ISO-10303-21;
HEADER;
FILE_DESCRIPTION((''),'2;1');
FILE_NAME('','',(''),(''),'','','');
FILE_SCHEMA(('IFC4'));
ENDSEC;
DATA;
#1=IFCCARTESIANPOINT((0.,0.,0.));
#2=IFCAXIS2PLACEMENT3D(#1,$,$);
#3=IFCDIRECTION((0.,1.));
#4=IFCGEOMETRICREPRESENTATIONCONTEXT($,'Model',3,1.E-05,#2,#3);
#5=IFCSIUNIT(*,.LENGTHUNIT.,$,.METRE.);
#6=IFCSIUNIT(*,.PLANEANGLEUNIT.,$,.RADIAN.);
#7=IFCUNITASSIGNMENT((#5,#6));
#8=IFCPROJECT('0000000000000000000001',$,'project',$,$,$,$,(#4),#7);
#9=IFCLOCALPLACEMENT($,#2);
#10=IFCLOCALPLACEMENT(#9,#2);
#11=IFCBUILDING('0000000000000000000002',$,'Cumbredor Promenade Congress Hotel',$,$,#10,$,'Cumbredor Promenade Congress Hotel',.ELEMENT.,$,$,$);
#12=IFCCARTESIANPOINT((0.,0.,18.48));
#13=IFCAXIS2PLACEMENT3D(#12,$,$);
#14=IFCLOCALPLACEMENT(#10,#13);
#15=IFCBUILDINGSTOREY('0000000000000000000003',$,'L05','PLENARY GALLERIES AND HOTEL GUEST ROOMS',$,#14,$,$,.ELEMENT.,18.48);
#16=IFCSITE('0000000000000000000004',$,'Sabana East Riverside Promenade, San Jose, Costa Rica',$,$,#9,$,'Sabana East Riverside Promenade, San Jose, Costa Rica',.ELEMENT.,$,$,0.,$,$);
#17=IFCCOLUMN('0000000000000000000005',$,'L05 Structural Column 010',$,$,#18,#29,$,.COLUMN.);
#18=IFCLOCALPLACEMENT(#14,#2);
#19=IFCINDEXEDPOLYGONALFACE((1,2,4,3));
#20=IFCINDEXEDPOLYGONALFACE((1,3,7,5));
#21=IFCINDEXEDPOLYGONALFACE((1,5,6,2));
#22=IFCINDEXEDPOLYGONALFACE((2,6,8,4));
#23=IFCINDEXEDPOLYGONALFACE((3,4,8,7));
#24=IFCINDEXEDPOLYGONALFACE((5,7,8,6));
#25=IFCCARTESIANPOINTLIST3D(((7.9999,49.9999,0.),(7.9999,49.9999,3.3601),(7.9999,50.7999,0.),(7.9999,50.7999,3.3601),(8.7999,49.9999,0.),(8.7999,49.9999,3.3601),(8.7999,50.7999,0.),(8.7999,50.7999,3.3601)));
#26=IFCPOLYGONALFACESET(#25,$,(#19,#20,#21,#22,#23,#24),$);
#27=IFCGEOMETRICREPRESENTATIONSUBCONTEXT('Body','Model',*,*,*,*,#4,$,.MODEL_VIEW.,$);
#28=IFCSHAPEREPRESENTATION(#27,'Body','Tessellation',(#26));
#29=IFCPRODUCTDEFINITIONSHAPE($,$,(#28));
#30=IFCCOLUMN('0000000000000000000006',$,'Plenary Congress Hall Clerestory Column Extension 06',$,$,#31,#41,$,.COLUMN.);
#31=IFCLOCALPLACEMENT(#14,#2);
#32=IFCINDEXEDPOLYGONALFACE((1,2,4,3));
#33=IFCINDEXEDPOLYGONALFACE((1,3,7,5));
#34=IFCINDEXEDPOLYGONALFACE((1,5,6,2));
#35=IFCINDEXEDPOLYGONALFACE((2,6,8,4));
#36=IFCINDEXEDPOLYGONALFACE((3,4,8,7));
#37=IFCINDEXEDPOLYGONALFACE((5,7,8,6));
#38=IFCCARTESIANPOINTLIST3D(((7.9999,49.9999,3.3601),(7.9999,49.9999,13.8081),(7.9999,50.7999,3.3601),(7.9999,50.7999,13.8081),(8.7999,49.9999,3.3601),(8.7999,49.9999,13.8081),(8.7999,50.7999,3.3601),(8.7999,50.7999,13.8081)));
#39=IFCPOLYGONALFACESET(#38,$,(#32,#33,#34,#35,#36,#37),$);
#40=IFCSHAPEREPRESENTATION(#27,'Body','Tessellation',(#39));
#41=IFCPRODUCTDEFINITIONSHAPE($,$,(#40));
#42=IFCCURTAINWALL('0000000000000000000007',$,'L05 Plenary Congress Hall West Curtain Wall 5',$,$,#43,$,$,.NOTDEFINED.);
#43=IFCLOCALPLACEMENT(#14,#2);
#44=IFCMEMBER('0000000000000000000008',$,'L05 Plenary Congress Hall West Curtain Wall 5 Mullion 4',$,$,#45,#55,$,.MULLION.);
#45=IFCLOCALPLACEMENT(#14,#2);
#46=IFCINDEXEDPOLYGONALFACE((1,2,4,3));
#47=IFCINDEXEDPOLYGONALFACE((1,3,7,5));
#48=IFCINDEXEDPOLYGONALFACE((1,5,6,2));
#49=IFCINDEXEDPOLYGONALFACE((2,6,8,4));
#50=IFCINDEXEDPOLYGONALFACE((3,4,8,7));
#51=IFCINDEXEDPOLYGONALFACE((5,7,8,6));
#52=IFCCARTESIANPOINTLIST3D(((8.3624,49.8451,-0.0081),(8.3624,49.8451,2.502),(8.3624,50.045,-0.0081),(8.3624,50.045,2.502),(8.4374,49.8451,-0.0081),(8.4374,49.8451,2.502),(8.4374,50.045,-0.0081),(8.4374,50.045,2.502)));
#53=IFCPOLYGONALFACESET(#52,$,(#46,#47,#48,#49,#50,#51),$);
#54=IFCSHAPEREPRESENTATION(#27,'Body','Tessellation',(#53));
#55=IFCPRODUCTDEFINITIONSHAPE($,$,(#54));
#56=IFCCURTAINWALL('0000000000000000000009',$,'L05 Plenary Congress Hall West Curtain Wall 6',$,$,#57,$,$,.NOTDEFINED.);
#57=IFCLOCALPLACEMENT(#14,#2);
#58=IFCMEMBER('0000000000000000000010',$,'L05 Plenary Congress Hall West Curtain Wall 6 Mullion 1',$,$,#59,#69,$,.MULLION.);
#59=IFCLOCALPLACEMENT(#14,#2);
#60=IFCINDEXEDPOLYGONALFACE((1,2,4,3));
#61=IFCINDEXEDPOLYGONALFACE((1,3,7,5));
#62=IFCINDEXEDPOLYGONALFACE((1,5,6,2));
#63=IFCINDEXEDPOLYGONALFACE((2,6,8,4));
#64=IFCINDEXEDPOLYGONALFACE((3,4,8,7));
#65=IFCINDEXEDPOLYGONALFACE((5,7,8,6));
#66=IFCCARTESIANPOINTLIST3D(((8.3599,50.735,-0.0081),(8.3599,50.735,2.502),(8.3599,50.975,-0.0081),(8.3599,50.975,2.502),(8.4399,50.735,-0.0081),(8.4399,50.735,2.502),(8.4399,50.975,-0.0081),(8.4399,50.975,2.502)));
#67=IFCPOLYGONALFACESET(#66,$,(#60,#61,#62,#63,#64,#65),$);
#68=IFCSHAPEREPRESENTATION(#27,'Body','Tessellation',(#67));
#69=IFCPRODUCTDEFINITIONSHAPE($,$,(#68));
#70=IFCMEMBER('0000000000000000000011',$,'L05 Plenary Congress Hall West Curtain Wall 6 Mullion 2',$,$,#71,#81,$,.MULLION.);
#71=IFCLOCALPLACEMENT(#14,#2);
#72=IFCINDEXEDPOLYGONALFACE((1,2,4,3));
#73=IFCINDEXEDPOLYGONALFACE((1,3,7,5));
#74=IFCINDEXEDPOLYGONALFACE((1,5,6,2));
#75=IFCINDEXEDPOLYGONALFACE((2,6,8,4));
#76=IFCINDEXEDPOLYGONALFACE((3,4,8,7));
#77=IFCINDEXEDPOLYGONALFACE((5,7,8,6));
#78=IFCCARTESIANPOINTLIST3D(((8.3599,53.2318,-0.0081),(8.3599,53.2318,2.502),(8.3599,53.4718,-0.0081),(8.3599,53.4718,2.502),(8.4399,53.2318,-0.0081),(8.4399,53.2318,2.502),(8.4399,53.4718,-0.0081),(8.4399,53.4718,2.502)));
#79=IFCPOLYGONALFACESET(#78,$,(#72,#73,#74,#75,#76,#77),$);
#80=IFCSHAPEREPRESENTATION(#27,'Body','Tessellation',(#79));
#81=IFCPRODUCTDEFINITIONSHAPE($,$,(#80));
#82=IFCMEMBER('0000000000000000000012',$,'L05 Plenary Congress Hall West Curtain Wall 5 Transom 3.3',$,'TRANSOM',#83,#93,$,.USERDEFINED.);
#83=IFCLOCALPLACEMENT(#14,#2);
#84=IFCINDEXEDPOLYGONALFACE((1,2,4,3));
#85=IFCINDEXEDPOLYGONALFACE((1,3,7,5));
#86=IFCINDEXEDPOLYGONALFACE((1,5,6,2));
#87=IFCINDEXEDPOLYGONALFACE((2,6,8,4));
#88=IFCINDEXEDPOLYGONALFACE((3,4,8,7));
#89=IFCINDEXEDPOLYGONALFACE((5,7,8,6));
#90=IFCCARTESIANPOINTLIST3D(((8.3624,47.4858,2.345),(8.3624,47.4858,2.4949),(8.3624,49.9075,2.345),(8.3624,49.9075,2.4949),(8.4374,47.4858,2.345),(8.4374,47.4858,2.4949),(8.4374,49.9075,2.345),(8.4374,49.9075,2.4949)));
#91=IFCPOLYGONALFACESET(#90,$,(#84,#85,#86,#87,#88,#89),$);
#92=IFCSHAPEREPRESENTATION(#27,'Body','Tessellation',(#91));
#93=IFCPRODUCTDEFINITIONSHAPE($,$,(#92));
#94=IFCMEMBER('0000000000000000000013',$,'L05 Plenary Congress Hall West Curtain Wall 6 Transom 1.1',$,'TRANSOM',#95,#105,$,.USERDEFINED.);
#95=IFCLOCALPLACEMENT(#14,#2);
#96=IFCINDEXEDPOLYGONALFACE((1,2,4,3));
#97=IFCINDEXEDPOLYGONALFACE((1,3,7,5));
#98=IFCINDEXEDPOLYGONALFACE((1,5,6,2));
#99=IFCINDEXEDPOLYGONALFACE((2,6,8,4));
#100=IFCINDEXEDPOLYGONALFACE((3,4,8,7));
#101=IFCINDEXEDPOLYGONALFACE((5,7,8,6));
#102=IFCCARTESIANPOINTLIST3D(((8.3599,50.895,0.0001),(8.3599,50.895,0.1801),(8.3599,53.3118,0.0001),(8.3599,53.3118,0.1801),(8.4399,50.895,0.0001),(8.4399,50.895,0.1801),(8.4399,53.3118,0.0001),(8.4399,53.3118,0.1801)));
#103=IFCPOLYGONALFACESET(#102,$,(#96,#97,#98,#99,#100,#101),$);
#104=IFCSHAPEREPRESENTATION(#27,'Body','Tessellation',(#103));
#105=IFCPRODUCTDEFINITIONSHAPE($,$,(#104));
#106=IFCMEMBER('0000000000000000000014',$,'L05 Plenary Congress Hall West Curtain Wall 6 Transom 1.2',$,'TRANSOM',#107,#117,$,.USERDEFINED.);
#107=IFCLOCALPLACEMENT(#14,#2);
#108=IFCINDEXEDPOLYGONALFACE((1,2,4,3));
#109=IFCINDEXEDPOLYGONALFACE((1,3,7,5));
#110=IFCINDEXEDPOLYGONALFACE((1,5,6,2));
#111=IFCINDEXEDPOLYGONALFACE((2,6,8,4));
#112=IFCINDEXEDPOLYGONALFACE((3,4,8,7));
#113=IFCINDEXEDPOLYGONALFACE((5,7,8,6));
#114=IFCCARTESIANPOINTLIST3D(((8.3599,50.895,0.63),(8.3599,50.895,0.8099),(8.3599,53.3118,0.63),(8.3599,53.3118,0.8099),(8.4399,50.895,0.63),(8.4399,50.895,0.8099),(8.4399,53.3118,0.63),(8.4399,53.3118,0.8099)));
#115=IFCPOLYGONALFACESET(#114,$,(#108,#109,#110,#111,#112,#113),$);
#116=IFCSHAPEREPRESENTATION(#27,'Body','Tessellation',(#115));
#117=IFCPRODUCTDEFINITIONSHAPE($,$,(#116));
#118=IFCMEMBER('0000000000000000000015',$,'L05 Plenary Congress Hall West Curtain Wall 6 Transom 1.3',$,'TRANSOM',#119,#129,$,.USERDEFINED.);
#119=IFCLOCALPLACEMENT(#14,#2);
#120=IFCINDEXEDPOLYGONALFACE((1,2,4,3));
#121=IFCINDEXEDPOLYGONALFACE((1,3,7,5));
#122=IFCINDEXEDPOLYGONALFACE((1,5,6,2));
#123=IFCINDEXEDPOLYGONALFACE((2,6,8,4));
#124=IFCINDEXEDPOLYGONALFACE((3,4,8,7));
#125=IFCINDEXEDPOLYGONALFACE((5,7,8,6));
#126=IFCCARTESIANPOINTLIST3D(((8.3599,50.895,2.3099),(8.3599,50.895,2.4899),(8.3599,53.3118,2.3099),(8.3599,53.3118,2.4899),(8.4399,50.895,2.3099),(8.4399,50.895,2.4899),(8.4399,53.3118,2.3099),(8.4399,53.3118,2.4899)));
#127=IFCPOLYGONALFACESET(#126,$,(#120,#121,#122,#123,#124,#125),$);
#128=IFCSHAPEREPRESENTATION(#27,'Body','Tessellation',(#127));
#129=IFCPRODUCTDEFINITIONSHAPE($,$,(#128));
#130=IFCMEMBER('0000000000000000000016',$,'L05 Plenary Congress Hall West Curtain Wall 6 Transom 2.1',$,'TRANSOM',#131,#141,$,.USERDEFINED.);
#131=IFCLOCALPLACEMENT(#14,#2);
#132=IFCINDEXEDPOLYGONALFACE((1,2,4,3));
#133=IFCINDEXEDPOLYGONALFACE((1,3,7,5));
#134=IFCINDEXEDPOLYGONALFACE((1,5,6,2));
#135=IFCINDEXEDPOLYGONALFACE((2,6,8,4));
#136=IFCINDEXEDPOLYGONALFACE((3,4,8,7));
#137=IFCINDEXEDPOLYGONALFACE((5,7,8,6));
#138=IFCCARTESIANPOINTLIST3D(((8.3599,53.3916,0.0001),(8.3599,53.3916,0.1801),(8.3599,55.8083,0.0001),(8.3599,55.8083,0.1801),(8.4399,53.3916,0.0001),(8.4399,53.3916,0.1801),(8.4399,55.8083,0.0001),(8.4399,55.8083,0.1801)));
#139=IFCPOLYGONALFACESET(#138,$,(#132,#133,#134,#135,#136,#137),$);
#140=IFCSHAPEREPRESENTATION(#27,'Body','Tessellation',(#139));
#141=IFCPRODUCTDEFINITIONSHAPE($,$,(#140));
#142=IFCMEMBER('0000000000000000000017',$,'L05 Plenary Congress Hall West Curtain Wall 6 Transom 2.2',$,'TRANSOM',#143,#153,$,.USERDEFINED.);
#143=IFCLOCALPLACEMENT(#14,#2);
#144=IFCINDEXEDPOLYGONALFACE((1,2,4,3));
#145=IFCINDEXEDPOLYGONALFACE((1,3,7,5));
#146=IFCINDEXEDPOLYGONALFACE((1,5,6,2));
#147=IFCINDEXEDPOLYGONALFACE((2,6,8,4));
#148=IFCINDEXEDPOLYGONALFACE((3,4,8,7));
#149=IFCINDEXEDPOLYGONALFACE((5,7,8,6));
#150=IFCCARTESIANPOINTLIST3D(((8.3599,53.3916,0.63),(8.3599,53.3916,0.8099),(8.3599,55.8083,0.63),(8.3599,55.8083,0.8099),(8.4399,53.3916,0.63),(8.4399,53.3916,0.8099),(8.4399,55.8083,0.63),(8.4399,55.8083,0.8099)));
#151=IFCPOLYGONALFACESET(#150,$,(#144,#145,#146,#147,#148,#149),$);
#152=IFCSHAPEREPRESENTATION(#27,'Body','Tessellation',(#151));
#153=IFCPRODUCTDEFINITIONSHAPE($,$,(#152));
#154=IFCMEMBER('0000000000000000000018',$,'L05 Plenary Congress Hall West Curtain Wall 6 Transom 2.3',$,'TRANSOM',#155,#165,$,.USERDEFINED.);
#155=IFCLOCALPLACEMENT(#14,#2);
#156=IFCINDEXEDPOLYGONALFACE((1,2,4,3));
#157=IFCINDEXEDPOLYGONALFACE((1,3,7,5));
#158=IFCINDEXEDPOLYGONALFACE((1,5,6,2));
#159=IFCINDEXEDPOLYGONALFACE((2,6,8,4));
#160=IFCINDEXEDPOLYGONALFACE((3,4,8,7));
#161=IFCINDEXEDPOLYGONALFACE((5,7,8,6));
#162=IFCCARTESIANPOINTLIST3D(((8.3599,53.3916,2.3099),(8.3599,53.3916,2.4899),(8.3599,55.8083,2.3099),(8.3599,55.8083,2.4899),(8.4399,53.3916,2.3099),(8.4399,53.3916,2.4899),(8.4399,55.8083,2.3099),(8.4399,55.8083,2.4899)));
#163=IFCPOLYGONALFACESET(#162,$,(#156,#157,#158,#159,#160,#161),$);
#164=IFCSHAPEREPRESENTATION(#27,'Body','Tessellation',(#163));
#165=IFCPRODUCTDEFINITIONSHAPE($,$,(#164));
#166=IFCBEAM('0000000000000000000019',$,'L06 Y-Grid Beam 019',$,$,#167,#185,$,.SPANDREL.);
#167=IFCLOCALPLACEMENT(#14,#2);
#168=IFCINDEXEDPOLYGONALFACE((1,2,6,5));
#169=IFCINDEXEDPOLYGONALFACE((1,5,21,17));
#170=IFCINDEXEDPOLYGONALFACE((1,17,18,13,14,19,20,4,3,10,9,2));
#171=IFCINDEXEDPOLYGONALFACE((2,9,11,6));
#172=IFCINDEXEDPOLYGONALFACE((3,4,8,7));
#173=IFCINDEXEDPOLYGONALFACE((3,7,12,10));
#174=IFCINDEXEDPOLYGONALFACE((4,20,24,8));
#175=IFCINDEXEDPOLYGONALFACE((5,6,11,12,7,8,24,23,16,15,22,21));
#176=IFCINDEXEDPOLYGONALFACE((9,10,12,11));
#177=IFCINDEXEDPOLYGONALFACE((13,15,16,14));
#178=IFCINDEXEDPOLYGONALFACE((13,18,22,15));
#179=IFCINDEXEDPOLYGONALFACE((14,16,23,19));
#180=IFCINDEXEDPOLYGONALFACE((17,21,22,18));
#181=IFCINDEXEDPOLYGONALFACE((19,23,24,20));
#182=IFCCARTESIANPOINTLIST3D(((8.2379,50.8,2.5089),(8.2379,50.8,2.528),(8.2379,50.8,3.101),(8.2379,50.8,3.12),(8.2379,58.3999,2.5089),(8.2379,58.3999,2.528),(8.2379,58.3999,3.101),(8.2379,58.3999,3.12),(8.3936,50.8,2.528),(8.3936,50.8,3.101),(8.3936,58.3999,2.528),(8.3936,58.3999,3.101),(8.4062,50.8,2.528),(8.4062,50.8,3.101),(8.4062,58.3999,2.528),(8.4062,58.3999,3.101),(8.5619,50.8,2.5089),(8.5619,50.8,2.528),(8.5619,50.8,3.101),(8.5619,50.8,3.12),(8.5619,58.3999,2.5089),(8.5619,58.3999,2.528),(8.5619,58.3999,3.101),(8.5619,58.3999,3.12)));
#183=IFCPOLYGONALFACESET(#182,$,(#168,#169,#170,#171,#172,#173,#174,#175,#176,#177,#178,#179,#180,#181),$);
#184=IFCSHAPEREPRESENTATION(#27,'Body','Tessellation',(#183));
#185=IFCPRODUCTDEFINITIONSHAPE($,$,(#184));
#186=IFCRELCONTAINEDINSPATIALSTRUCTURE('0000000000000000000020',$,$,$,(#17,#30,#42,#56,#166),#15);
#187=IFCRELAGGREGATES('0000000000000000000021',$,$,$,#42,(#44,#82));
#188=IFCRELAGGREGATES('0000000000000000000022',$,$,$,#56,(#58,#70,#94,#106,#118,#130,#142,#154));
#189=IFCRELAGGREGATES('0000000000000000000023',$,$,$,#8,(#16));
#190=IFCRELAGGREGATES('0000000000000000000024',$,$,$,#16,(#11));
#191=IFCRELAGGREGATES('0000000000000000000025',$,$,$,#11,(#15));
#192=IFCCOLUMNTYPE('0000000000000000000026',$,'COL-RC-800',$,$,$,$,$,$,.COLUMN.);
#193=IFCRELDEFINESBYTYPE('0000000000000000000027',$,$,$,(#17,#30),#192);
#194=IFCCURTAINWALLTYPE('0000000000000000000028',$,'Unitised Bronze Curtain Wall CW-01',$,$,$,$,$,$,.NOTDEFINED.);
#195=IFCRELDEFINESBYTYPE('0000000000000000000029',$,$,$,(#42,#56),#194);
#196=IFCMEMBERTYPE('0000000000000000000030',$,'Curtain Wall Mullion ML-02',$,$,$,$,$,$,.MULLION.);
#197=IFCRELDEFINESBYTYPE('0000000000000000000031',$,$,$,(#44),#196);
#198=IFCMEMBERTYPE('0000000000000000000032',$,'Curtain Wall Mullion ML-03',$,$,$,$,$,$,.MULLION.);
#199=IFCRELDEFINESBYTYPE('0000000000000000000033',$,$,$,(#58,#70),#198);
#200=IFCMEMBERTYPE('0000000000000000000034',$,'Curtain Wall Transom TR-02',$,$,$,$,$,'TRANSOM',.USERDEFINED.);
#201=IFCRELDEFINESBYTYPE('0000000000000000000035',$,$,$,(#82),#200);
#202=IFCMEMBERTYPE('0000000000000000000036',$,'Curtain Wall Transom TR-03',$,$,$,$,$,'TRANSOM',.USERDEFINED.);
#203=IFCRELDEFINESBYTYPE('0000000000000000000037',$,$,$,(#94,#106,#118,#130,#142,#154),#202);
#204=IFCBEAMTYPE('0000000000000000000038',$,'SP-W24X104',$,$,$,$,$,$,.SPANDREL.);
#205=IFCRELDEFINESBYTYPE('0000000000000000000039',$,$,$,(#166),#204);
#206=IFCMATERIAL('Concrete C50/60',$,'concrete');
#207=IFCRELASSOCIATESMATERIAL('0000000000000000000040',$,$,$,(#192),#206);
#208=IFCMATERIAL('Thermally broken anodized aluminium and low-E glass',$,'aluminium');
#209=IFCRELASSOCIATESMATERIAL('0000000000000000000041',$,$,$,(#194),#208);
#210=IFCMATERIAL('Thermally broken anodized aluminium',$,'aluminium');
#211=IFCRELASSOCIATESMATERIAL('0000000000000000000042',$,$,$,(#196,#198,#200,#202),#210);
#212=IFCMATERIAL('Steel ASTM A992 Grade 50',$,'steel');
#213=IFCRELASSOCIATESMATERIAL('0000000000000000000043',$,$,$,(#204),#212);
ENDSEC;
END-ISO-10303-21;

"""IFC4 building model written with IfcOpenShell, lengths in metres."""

from ifc_helpers import new_model, si_unit, direction, frame, origin, origin_2d, place, context, subcontext, project, spatial, rectangle, i_section, extrude, material, material_profile, profile_set, type_object, element, aggregate, save


model = new_model("IFC4")

# Units and contexts
model_context = context("Model", 3, precision=1e-05, world=origin(), true_north=direction((0.0, 1.0)))
body_context = subcontext(model_context, "Body", "Model", "MODEL_VIEW")
ifc_project = project(units=[si_unit("LENGTHUNIT", "METRE"), si_unit("PLANEANGLEUNIT", "RADIAN")], contexts=[model_context])

# Site, building, storey
site_placement = place(None, origin())
site = spatial("IfcSite", under=ifc_project, at=site_placement, Name="Sabana East Riverside Promenade, San Jose, Costa Rica", LongName="Sabana East Riverside Promenade, San Jose, Costa Rica", CompositionType="ELEMENT", RefElevation=0.0)
building_placement = place(site_placement, origin())
building = spatial("IfcBuilding", under=site, at=building_placement, Name="Cumbredor Promenade Congress Hotel", LongName="Cumbredor Promenade Congress Hotel", CompositionType="ELEMENT")
storey_placement = place(building_placement, frame((0.0, 0.0, 18.48)))
storey = spatial("IfcBuildingStorey", under=building, at=storey_placement, Name="L05", Description="PLENARY GALLERIES AND HOTEL GUEST ROOMS", CompositionType="ELEMENT", Elevation=18.48)

# Columns
ifc_material_1 = material(Name="Concrete C50/60", Category="concrete")
ifc_material_profile_1 = material_profile(ifc_material_1, rectangle(XDim=0.8, YDim=0.8, at=origin_2d()), Name="RC 800x800")
ifc_profile_set_1 = profile_set([ifc_material_profile_1], Name="Concrete C50/60")
column_type = type_object("IfcColumnType", Name="COL-RC-800", PredefinedType="COLUMN", material=ifc_profile_set_1)
column_1_placement = place(storey_placement, frame((8.3999, 50.3999, 0.0), z_axis=(0.0, 0.0, 1.0), x_axis=(1.0, 0.0, 0.0)))
element("IfcColumn", 1, at=column_1_placement, inside=storey, type_object=column_type, Name="L05 Structural Column 010", PredefinedType="COLUMN", context=body_context, shape_type="SweptSolid", body=[
    extrude(rectangle(XDim=0.8, YDim=0.8, at=origin_2d()), origin(), (0.0, 0.0, 1.0), 3.3601),
])
column_2_placement = place(storey_placement, frame((8.3999, 50.3999, 3.3601), z_axis=(0.0, 0.0, 1.0), x_axis=(1.0, 0.0, 0.0)))
element("IfcColumn", 2, at=column_2_placement, inside=storey, type_object=column_type, Name="Plenary Congress Hall Clerestory Column Extension 06", PredefinedType="COLUMN", context=body_context, shape_type="SweptSolid", body=[
    extrude(rectangle(XDim=0.8, YDim=0.8, at=origin_2d()), origin(), (0.0, 0.0, 1.0), 10.448),
])

# Curtain wall, member
ifc_material_2 = material(Name="Thermally broken anodized aluminium and low-E glass", Category="aluminium")
curtain_wall_type = type_object("IfcCurtainWallType", Name="Unitised Bronze Curtain Wall CW-01", PredefinedType="NOTDEFINED", material=ifc_material_2)
curtain_wall_1_placement = place(storey_placement, origin())
curtain_wall_1 = element("IfcCurtainWall", 3, at=curtain_wall_1_placement, inside=storey, type_object=curtain_wall_type, Name="L05 Plenary Congress Hall West Curtain Wall 5", PredefinedType="NOTDEFINED")
ifc_material_3 = material(Name="Thermally broken anodized aluminium", Category="aluminium")
ifc_material_profile_2 = material_profile(ifc_material_3, rectangle(XDim=0.075, YDim=0.2, at=origin_2d()), Name="ALU MULLION 75x200")
ifc_profile_set_2 = profile_set([ifc_material_profile_2], Name="Thermally broken anodized aluminium")
member_type_1 = type_object("IfcMemberType", Name="Curtain Wall Mullion ML-02", PredefinedType="MULLION", material=ifc_profile_set_2)
member_1_placement = place(storey_placement, frame((8.3999, 49.9451, -0.0081), z_axis=(0.0, 0.0, 1.0), x_axis=(1.0, 0.0, 0.0)))
member_1 = element("IfcMember", 4, at=member_1_placement, type_object=member_type_1, Name="L05 Plenary Congress Hall West Curtain Wall 5 Mullion 4", PredefinedType="MULLION", context=body_context, shape_type="SweptSolid", body=[
    extrude(rectangle(XDim=0.075, YDim=0.2, at=origin_2d()), origin(), (0.0, 0.0, 1.0), 2.51),
])

# Curtain wall, members
curtain_wall_2_placement = place(storey_placement, origin())
curtain_wall_2 = element("IfcCurtainWall", 5, at=curtain_wall_2_placement, inside=storey, type_object=curtain_wall_type, Name="L05 Plenary Congress Hall West Curtain Wall 6", PredefinedType="NOTDEFINED")
ifc_material_profile_3 = material_profile(ifc_material_3, rectangle(XDim=0.0801, YDim=0.24, at=origin_2d()), Name="ALU MULLION 80x240")
ifc_profile_set_3 = profile_set([ifc_material_profile_3], Name="Thermally broken anodized aluminium")
member_type_2 = type_object("IfcMemberType", Name="Curtain Wall Mullion ML-03", PredefinedType="MULLION", material=ifc_profile_set_3)
member_2_placement = place(storey_placement, frame((8.3999, 50.855, -0.0081), z_axis=(0.0, 0.0, 1.0), x_axis=(1.0, 0.0, 0.0)))
member_2 = element("IfcMember", 6, at=member_2_placement, type_object=member_type_2, Name="L05 Plenary Congress Hall West Curtain Wall 6 Mullion 1", PredefinedType="MULLION", context=body_context, shape_type="SweptSolid", body=[
    extrude(rectangle(XDim=0.0801, YDim=0.24, at=origin_2d()), origin(), (0.0, 0.0, 1.0), 2.51),
])
member_3_placement = place(storey_placement, frame((8.3999, 53.3518, -0.0081), z_axis=(0.0, 0.0, 1.0), x_axis=(1.0, 0.0, 0.0)))
member_3 = element("IfcMember", 7, at=member_3_placement, type_object=member_type_2, Name="L05 Plenary Congress Hall West Curtain Wall 6 Mullion 2", PredefinedType="MULLION", context=body_context, shape_type="SweptSolid", body=[
    extrude(rectangle(XDim=0.0801, YDim=0.24, at=origin_2d()), origin(), (0.0, 0.0, 1.0), 2.51),
])

# Members
ifc_material_profile_4 = material_profile(ifc_material_3, rectangle(XDim=0.075, YDim=0.1499, at=origin_2d()), Name="ALU TRANSOM 75x150")
ifc_profile_set_4 = profile_set([ifc_material_profile_4], Name="Thermally broken anodized aluminium")
member_type_3 = type_object("IfcMemberType", Name="Curtain Wall Transom TR-02", ElementType="TRANSOM", PredefinedType="USERDEFINED", material=ifc_profile_set_4)
member_4_placement = place(storey_placement, frame((8.3999, 47.4858, 2.4199), z_axis=(0.0, 1.0, 0.0), x_axis=(-1.0, 0.0, 0.0)))
member_4 = element("IfcMember", 8, at=member_4_placement, type_object=member_type_3, Name="L05 Plenary Congress Hall West Curtain Wall 5 Transom 3.3", ObjectType="TRANSOM", PredefinedType="USERDEFINED", context=body_context, shape_type="SweptSolid", body=[
    extrude(rectangle(XDim=0.075, YDim=0.1499, at=origin_2d()), origin(), (0.0, 0.0, 1.0), 2.4216),
])
ifc_material_profile_5 = material_profile(ifc_material_3, rectangle(XDim=0.0801, YDim=0.1799, at=origin_2d()), Name="ALU TRANSOM 80x180")
ifc_profile_set_5 = profile_set([ifc_material_profile_5], Name="Thermally broken anodized aluminium")
member_type_4 = type_object("IfcMemberType", Name="Curtain Wall Transom TR-03", ElementType="TRANSOM", PredefinedType="USERDEFINED", material=ifc_profile_set_5)
member_5_placement = place(storey_placement, frame((8.3999, 50.895, 0.0901), z_axis=(0.0, 1.0, 0.0), x_axis=(-1.0, 0.0, 0.0)))
member_5 = element("IfcMember", 9, at=member_5_placement, type_object=member_type_4, Name="L05 Plenary Congress Hall West Curtain Wall 6 Transom 1.1", ObjectType="TRANSOM", PredefinedType="USERDEFINED", context=body_context, shape_type="SweptSolid", body=[
    extrude(rectangle(XDim=0.0801, YDim=0.1799, at=origin_2d()), origin(), (0.0, 0.0, 1.0), 2.4167),
])
member_6_placement = place(storey_placement, frame((8.3999, 50.895, 0.72), z_axis=(0.0, 1.0, 0.0), x_axis=(-1.0, 0.0, 0.0)))
member_6 = element("IfcMember", 10, at=member_6_placement, type_object=member_type_4, Name="L05 Plenary Congress Hall West Curtain Wall 6 Transom 1.2", ObjectType="TRANSOM", PredefinedType="USERDEFINED", context=body_context, shape_type="SweptSolid", body=[
    extrude(rectangle(XDim=0.0801, YDim=0.1799, at=origin_2d()), origin(), (0.0, 0.0, 1.0), 2.4167),
])
member_7_placement = place(storey_placement, frame((8.3999, 50.895, 2.3999), z_axis=(0.0, 1.0, 0.0), x_axis=(-1.0, 0.0, 0.0)))
member_7 = element("IfcMember", 11, at=member_7_placement, type_object=member_type_4, Name="L05 Plenary Congress Hall West Curtain Wall 6 Transom 1.3", ObjectType="TRANSOM", PredefinedType="USERDEFINED", context=body_context, shape_type="SweptSolid", body=[
    extrude(rectangle(XDim=0.0801, YDim=0.1799, at=origin_2d()), origin(), (0.0, 0.0, 1.0), 2.4167),
])
member_8_placement = place(storey_placement, frame((8.3999, 53.3916, 0.0901), z_axis=(0.0, 1.0, 0.0), x_axis=(-1.0, 0.0, 0.0)))
member_8 = element("IfcMember", 12, at=member_8_placement, type_object=member_type_4, Name="L05 Plenary Congress Hall West Curtain Wall 6 Transom 2.1", ObjectType="TRANSOM", PredefinedType="USERDEFINED", context=body_context, shape_type="SweptSolid", body=[
    extrude(rectangle(XDim=0.0801, YDim=0.1799, at=origin_2d()), origin(), (0.0, 0.0, 1.0), 2.4167),
])
member_9_placement = place(storey_placement, frame((8.3999, 53.3916, 0.72), z_axis=(0.0, 1.0, 0.0), x_axis=(-1.0, 0.0, 0.0)))
member_9 = element("IfcMember", 13, at=member_9_placement, type_object=member_type_4, Name="L05 Plenary Congress Hall West Curtain Wall 6 Transom 2.2", ObjectType="TRANSOM", PredefinedType="USERDEFINED", context=body_context, shape_type="SweptSolid", body=[
    extrude(rectangle(XDim=0.0801, YDim=0.1799, at=origin_2d()), origin(), (0.0, 0.0, 1.0), 2.4167),
])
member_10_placement = place(storey_placement, frame((8.3999, 53.3916, 2.3999), z_axis=(0.0, 1.0, 0.0), x_axis=(-1.0, 0.0, 0.0)))
member_10 = element("IfcMember", 14, at=member_10_placement, type_object=member_type_4, Name="L05 Plenary Congress Hall West Curtain Wall 6 Transom 2.3", ObjectType="TRANSOM", PredefinedType="USERDEFINED", context=body_context, shape_type="SweptSolid", body=[
    extrude(rectangle(XDim=0.0801, YDim=0.1799, at=origin_2d()), origin(), (0.0, 0.0, 1.0), 2.4167),
])

# Beam
ifc_material_4 = material(Name="Steel ASTM A992 Grade 50", Category="steel")
ifc_material_profile_6 = material_profile(ifc_material_4, i_section(OverallWidth=0.324, OverallDepth=0.6111, WebThickness=0.0127, FlangeThickness=0.019, at=origin_2d()), Name="W24X104")
ifc_profile_set_6 = profile_set([ifc_material_profile_6], Name="Steel ASTM A992 Grade 50")
beam_type = type_object("IfcBeamType", Name="SP-W24X104", PredefinedType="SPANDREL", material=ifc_profile_set_6)
beam_placement = place(storey_placement, frame((8.3999, 50.8, 2.8145), z_axis=(0.0, 1.0, 0.0), x_axis=(-1.0, 0.0, 0.0)))
element("IfcBeam", 15, at=beam_placement, inside=storey, type_object=beam_type, Name="L06 Y-Grid Beam 019", PredefinedType="SPANDREL", context=body_context, shape_type="SweptSolid", body=[
    extrude(i_section(OverallWidth=0.324, OverallDepth=0.6111, WebThickness=0.0127, FlangeThickness=0.019, at=origin_2d()), origin(), (0.0, 0.0, 1.0), 7.5999),
])

aggregate(curtain_wall_1, [member_1, member_4])
aggregate(curtain_wall_2, [member_2, member_3, member_5, member_6, member_7, member_8, member_9, member_10])

save(model, "model.ifc")
